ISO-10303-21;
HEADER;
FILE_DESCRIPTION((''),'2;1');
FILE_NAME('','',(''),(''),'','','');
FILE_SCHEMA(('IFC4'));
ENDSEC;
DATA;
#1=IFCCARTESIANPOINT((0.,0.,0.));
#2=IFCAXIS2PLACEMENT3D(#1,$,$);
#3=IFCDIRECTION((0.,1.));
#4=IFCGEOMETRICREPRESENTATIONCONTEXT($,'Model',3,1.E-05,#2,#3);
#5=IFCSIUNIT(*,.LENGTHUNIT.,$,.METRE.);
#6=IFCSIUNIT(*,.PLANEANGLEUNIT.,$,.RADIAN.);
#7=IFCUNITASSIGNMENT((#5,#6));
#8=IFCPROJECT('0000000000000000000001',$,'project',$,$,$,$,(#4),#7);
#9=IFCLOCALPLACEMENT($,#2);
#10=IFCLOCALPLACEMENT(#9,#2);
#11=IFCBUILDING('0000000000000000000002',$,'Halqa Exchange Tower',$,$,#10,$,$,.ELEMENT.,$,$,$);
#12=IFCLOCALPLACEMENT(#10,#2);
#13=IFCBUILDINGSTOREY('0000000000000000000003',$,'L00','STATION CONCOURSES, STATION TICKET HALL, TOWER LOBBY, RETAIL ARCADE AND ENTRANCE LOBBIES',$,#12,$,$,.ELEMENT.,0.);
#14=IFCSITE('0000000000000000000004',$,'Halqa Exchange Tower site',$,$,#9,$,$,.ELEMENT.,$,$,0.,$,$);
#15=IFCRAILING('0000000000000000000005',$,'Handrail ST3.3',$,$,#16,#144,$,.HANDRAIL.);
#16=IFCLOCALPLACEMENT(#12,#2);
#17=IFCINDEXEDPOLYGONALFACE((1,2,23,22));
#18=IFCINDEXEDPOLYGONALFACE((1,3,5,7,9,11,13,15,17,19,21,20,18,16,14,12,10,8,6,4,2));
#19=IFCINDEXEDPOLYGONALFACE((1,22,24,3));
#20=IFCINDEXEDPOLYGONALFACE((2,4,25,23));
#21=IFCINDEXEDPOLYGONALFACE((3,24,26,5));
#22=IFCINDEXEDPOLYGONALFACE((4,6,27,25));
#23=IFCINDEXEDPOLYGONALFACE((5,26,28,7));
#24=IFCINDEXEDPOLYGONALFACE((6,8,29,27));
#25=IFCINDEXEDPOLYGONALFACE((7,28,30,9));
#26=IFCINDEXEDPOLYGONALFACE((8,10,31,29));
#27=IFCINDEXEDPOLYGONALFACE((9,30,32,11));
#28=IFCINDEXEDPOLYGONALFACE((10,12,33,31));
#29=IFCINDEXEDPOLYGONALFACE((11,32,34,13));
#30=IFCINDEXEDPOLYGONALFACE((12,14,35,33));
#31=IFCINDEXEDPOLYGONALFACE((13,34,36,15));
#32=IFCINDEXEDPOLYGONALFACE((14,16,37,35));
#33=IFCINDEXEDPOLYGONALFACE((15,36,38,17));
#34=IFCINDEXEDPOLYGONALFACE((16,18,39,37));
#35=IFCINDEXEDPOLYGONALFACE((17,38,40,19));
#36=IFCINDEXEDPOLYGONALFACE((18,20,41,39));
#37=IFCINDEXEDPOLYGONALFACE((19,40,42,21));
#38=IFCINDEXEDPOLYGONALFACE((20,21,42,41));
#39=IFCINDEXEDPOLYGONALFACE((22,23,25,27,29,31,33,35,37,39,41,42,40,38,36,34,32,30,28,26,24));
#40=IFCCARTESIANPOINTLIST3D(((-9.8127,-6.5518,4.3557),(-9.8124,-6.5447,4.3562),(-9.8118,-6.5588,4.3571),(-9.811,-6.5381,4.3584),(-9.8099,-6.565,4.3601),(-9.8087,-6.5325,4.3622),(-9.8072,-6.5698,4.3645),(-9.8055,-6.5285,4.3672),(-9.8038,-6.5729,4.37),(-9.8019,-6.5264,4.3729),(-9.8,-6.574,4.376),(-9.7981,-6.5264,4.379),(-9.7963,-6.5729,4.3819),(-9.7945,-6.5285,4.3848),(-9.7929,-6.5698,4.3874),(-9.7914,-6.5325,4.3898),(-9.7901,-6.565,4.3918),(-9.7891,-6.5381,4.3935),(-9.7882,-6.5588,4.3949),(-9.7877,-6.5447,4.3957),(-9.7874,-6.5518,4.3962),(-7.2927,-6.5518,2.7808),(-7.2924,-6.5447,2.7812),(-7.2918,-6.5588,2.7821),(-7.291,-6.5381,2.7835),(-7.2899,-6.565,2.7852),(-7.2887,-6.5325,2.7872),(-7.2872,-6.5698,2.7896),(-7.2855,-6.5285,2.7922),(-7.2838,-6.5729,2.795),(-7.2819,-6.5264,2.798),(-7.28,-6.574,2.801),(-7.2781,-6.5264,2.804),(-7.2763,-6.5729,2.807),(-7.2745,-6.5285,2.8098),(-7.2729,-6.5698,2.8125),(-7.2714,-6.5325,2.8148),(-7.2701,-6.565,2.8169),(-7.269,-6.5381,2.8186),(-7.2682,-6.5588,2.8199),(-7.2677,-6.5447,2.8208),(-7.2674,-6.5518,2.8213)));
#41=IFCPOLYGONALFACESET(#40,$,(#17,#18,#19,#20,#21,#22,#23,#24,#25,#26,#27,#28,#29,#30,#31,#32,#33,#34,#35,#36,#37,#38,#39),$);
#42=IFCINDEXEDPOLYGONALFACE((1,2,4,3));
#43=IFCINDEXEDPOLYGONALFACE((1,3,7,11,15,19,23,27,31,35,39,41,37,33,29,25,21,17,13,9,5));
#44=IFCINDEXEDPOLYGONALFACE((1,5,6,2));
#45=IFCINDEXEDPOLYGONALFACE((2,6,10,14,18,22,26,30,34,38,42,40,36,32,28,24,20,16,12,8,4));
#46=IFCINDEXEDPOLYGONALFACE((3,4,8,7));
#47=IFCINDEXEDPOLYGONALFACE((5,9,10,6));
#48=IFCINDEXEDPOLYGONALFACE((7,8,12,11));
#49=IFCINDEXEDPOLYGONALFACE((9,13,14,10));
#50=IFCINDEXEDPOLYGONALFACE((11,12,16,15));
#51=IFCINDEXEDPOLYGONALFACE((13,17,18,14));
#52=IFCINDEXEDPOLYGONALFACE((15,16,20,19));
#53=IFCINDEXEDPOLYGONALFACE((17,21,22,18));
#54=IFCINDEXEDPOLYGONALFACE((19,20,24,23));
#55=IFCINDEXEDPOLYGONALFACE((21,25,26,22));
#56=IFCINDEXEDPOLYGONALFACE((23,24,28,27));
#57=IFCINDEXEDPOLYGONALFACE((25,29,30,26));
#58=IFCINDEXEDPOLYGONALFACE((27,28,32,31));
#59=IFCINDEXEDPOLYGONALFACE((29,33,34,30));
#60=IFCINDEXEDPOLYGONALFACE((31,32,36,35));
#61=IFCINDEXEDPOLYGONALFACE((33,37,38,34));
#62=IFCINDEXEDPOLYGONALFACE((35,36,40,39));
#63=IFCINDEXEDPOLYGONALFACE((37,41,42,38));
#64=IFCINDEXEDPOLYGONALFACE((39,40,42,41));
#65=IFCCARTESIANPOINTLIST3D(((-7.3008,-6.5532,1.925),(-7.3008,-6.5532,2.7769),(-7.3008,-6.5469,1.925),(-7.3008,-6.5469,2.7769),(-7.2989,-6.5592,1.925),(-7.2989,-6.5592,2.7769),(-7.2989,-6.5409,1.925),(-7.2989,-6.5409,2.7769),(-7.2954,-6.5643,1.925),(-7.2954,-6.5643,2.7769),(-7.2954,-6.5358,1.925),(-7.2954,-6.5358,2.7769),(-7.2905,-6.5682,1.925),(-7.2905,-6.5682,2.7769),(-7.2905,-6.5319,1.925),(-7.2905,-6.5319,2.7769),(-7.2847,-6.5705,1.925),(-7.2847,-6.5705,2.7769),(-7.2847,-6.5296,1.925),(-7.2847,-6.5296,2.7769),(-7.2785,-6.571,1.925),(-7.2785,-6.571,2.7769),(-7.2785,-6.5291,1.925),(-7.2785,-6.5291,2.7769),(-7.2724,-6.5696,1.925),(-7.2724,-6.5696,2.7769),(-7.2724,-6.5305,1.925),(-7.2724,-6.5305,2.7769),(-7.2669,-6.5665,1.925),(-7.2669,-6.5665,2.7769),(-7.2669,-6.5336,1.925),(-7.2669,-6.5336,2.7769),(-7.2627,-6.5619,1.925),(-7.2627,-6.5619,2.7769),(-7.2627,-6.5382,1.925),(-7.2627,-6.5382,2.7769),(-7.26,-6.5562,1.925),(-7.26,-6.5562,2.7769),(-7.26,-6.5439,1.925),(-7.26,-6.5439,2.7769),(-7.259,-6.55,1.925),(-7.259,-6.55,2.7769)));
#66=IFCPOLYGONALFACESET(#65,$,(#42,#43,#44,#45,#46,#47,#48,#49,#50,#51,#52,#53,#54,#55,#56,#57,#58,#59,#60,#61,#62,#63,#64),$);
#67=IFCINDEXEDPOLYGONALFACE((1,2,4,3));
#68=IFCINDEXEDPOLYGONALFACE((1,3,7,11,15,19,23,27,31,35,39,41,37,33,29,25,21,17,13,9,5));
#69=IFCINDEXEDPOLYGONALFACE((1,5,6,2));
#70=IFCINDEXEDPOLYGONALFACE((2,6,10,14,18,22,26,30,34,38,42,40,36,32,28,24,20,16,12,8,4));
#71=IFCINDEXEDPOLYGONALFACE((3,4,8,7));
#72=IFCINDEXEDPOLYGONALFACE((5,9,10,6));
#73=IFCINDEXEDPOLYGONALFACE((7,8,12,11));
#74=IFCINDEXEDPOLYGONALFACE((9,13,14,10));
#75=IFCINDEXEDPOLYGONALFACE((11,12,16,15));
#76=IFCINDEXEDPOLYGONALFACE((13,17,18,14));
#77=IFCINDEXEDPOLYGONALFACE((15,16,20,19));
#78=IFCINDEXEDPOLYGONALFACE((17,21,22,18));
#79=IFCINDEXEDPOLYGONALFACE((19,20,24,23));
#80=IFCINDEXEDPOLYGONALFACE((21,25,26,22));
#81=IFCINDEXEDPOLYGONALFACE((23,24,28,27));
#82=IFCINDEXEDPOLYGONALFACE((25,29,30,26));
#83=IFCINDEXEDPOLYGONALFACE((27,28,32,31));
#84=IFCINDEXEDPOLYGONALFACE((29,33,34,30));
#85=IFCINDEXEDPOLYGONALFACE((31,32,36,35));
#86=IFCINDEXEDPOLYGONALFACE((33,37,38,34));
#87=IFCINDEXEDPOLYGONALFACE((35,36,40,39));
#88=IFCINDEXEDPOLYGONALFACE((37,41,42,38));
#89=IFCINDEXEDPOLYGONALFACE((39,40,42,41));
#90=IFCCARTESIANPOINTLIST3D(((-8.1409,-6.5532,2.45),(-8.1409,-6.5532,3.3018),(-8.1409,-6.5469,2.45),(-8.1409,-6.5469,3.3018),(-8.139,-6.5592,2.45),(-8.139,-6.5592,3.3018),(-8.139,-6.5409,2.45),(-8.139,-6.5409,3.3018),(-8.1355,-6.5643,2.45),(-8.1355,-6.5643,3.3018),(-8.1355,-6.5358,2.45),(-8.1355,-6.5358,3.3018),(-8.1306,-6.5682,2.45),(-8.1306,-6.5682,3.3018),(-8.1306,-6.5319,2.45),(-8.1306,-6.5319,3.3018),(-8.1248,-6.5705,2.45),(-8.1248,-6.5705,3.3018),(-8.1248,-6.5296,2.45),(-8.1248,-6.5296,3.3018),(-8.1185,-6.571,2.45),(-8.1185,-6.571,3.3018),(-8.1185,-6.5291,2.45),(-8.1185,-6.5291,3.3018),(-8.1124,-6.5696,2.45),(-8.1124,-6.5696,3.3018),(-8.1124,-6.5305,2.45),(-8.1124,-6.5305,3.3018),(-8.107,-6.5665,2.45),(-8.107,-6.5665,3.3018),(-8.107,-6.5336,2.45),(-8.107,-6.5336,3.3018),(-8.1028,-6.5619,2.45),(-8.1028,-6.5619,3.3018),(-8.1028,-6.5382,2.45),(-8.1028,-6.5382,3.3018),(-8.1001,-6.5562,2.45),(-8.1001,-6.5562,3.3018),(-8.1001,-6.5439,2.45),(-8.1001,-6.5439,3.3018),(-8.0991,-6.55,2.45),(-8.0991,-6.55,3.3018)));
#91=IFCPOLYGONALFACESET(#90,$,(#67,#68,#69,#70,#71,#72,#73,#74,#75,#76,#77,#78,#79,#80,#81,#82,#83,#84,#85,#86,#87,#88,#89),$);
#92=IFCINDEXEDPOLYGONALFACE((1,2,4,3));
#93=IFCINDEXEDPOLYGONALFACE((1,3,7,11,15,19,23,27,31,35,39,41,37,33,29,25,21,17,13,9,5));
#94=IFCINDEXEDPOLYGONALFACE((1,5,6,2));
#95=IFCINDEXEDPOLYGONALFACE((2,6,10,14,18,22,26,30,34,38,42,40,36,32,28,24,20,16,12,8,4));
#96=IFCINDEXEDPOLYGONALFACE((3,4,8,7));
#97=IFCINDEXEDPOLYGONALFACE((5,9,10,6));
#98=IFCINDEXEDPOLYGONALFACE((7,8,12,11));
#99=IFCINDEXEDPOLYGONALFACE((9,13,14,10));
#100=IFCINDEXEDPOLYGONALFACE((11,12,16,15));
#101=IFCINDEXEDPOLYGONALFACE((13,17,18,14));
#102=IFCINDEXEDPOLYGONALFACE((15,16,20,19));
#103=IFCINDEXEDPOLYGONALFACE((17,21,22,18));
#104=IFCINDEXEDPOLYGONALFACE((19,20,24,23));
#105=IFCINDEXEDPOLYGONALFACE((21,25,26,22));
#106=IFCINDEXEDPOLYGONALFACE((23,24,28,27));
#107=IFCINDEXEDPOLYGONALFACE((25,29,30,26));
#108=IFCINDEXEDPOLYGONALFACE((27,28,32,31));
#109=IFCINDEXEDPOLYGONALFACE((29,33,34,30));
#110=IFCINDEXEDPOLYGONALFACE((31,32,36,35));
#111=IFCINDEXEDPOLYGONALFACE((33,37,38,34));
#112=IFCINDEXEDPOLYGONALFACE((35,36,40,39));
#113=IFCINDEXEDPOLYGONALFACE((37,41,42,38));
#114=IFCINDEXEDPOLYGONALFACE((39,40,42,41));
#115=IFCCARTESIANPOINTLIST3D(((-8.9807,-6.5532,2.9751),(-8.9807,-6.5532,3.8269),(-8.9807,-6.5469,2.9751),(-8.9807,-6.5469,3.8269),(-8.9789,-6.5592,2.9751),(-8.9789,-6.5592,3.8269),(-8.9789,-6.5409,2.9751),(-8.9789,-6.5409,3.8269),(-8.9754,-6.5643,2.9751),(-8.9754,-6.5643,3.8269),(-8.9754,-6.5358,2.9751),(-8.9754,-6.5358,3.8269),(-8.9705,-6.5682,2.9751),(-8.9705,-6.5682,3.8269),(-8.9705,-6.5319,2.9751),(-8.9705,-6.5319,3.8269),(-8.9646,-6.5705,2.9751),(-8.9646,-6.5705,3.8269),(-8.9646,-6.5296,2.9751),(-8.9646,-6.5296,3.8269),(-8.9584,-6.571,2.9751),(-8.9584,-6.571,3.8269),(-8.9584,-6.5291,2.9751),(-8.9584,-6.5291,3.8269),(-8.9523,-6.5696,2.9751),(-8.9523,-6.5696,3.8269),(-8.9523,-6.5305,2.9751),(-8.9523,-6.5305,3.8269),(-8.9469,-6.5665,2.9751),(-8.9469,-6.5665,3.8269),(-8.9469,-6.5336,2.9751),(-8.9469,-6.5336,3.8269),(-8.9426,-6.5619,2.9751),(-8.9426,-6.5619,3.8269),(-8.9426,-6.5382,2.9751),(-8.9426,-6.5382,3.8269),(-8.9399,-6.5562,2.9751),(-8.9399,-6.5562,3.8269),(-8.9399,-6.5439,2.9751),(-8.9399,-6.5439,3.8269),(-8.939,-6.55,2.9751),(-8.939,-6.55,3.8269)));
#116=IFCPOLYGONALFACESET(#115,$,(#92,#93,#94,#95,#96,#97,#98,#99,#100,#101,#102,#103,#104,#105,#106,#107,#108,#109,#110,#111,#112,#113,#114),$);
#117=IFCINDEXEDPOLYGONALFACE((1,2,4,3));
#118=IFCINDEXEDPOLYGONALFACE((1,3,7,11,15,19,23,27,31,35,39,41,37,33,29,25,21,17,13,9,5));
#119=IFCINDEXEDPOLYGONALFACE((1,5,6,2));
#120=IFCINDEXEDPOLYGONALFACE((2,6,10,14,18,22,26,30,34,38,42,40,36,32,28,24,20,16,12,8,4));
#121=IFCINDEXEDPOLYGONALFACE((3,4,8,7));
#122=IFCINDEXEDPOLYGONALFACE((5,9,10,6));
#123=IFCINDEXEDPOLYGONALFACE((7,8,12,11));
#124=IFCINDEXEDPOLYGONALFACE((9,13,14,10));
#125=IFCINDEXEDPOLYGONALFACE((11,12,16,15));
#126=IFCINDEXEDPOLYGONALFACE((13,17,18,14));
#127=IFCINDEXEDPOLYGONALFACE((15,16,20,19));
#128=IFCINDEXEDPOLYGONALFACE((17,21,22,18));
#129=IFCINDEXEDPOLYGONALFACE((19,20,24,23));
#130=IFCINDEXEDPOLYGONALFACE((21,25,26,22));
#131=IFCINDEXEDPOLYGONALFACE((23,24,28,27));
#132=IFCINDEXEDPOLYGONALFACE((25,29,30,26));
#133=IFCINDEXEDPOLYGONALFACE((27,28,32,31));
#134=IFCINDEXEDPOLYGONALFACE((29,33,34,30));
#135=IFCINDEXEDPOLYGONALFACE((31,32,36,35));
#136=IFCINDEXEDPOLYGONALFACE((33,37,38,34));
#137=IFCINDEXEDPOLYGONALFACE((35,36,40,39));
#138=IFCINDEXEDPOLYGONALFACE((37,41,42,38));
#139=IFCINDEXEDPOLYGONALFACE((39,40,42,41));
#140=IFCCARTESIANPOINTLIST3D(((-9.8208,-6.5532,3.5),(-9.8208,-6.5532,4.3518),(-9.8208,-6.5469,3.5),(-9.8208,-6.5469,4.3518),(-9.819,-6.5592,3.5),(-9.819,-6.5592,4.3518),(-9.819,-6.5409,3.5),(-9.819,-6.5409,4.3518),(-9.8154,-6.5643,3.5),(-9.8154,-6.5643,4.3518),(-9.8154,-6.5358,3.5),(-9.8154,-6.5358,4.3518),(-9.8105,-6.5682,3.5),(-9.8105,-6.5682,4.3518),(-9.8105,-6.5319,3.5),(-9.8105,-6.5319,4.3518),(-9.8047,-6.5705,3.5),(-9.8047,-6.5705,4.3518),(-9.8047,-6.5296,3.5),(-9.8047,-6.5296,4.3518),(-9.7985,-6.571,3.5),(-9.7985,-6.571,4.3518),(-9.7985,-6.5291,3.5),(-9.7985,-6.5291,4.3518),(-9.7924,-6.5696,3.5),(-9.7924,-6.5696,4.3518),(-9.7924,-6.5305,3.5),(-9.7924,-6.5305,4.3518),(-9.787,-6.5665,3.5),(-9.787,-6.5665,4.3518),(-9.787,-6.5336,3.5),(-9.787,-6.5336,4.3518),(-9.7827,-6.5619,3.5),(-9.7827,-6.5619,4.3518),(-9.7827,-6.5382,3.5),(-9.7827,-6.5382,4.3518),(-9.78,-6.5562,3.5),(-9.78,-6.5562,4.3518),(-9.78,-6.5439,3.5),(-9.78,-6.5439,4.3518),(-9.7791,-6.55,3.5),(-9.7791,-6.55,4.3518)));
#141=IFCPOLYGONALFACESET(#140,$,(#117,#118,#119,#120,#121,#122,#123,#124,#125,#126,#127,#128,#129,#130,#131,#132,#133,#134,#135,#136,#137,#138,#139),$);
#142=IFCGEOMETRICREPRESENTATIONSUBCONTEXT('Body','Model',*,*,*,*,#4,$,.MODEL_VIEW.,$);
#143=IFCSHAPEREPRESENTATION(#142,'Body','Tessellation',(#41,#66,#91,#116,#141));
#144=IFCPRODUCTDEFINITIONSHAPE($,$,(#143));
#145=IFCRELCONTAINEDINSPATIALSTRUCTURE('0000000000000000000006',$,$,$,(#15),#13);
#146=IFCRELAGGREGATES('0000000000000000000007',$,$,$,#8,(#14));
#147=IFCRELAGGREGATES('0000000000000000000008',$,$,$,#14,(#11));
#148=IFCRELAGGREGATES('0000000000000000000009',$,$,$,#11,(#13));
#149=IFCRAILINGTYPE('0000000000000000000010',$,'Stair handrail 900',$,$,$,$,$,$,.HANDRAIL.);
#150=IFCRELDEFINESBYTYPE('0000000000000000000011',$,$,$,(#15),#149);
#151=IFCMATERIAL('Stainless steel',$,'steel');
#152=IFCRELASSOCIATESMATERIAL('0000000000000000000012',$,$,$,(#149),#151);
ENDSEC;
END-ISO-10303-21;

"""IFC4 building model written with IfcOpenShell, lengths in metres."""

from ifc_helpers import new_model, si_unit, direction, frame, origin, origin_2d, place, context, subcontext, project, spatial, circle, extrude, material, type_object, element, save


model = new_model("IFC4")

# Units and contexts
model_context = context("Model", 3, precision=1e-05, world=origin(), true_north=direction((0.0, 1.0)))
body_context = subcontext(model_context, "Body", "Model", "MODEL_VIEW")
ifc_project = project(units=[si_unit("LENGTHUNIT", "METRE"), si_unit("PLANEANGLEUNIT", "RADIAN")], contexts=[model_context])

# Site, building, storey
site_placement = place(None, origin())
site = spatial("IfcSite", under=ifc_project, at=site_placement, Name="Halqa Exchange Tower site", CompositionType="ELEMENT", RefElevation=0.0)
building_placement = place(site_placement, origin())
building = spatial("IfcBuilding", under=site, at=building_placement, Name="Halqa Exchange Tower", CompositionType="ELEMENT")
storey_placement = place(building_placement, origin())
storey = spatial("IfcBuildingStorey", under=building, at=storey_placement, Name="L00", Description="STATION CONCOURSES, STATION TICKET HALL, TOWER LOBBY, RETAIL ARCADE AND ENTRANCE LOBBIES", CompositionType="ELEMENT", Elevation=0.0)

# Railing
ifc_material_1 = material(Name="Stainless steel", Category="steel")
railing_type = type_object("IfcRailingType", Name="Stair handrail 900", PredefinedType="HANDRAIL", material=ifc_material_1)
for number, where, name in (
    (1, (-7.28, -6.55, 1.925), "Handrail ST3.3"),
):
    element("IfcRailing", number, at=place(storey_placement, frame(where)), inside=storey, type_object=railing_type, Name=name, PredefinedType="HANDRAIL", context=body_context, shape_type="SweptSolid", body=[
        extrude(circle(Radius=0.0239, at=origin_2d()), frame((0.0, 0.0, 0.876), z_axis=(-0.848008, 0.0, 0.529984), x_axis=(0.0, -1.0, 0.0)), (0.0, 0.0, 1.0), 2.9717),
        extrude(circle(Radius=0.021, at=origin_2d()), origin(), (0.0, 0.0, 1.0), 0.8518),
        extrude(circle(Radius=0.021, at=origin_2d()), frame((-0.8401, 0.0, 0.5249)), (0.0, 0.0, 1.0), 0.8518),
        extrude(circle(Radius=0.021, at=origin_2d()), frame((-1.6799, 0.0, 1.05)), (0.0, 0.0, 1.0), 0.8518),
        extrude(circle(Radius=0.021, at=origin_2d()), frame((-2.52, 0.0, 1.575)), (0.0, 0.0, 1.0), 0.8518),
    ])

save(model, "model.ifc")
